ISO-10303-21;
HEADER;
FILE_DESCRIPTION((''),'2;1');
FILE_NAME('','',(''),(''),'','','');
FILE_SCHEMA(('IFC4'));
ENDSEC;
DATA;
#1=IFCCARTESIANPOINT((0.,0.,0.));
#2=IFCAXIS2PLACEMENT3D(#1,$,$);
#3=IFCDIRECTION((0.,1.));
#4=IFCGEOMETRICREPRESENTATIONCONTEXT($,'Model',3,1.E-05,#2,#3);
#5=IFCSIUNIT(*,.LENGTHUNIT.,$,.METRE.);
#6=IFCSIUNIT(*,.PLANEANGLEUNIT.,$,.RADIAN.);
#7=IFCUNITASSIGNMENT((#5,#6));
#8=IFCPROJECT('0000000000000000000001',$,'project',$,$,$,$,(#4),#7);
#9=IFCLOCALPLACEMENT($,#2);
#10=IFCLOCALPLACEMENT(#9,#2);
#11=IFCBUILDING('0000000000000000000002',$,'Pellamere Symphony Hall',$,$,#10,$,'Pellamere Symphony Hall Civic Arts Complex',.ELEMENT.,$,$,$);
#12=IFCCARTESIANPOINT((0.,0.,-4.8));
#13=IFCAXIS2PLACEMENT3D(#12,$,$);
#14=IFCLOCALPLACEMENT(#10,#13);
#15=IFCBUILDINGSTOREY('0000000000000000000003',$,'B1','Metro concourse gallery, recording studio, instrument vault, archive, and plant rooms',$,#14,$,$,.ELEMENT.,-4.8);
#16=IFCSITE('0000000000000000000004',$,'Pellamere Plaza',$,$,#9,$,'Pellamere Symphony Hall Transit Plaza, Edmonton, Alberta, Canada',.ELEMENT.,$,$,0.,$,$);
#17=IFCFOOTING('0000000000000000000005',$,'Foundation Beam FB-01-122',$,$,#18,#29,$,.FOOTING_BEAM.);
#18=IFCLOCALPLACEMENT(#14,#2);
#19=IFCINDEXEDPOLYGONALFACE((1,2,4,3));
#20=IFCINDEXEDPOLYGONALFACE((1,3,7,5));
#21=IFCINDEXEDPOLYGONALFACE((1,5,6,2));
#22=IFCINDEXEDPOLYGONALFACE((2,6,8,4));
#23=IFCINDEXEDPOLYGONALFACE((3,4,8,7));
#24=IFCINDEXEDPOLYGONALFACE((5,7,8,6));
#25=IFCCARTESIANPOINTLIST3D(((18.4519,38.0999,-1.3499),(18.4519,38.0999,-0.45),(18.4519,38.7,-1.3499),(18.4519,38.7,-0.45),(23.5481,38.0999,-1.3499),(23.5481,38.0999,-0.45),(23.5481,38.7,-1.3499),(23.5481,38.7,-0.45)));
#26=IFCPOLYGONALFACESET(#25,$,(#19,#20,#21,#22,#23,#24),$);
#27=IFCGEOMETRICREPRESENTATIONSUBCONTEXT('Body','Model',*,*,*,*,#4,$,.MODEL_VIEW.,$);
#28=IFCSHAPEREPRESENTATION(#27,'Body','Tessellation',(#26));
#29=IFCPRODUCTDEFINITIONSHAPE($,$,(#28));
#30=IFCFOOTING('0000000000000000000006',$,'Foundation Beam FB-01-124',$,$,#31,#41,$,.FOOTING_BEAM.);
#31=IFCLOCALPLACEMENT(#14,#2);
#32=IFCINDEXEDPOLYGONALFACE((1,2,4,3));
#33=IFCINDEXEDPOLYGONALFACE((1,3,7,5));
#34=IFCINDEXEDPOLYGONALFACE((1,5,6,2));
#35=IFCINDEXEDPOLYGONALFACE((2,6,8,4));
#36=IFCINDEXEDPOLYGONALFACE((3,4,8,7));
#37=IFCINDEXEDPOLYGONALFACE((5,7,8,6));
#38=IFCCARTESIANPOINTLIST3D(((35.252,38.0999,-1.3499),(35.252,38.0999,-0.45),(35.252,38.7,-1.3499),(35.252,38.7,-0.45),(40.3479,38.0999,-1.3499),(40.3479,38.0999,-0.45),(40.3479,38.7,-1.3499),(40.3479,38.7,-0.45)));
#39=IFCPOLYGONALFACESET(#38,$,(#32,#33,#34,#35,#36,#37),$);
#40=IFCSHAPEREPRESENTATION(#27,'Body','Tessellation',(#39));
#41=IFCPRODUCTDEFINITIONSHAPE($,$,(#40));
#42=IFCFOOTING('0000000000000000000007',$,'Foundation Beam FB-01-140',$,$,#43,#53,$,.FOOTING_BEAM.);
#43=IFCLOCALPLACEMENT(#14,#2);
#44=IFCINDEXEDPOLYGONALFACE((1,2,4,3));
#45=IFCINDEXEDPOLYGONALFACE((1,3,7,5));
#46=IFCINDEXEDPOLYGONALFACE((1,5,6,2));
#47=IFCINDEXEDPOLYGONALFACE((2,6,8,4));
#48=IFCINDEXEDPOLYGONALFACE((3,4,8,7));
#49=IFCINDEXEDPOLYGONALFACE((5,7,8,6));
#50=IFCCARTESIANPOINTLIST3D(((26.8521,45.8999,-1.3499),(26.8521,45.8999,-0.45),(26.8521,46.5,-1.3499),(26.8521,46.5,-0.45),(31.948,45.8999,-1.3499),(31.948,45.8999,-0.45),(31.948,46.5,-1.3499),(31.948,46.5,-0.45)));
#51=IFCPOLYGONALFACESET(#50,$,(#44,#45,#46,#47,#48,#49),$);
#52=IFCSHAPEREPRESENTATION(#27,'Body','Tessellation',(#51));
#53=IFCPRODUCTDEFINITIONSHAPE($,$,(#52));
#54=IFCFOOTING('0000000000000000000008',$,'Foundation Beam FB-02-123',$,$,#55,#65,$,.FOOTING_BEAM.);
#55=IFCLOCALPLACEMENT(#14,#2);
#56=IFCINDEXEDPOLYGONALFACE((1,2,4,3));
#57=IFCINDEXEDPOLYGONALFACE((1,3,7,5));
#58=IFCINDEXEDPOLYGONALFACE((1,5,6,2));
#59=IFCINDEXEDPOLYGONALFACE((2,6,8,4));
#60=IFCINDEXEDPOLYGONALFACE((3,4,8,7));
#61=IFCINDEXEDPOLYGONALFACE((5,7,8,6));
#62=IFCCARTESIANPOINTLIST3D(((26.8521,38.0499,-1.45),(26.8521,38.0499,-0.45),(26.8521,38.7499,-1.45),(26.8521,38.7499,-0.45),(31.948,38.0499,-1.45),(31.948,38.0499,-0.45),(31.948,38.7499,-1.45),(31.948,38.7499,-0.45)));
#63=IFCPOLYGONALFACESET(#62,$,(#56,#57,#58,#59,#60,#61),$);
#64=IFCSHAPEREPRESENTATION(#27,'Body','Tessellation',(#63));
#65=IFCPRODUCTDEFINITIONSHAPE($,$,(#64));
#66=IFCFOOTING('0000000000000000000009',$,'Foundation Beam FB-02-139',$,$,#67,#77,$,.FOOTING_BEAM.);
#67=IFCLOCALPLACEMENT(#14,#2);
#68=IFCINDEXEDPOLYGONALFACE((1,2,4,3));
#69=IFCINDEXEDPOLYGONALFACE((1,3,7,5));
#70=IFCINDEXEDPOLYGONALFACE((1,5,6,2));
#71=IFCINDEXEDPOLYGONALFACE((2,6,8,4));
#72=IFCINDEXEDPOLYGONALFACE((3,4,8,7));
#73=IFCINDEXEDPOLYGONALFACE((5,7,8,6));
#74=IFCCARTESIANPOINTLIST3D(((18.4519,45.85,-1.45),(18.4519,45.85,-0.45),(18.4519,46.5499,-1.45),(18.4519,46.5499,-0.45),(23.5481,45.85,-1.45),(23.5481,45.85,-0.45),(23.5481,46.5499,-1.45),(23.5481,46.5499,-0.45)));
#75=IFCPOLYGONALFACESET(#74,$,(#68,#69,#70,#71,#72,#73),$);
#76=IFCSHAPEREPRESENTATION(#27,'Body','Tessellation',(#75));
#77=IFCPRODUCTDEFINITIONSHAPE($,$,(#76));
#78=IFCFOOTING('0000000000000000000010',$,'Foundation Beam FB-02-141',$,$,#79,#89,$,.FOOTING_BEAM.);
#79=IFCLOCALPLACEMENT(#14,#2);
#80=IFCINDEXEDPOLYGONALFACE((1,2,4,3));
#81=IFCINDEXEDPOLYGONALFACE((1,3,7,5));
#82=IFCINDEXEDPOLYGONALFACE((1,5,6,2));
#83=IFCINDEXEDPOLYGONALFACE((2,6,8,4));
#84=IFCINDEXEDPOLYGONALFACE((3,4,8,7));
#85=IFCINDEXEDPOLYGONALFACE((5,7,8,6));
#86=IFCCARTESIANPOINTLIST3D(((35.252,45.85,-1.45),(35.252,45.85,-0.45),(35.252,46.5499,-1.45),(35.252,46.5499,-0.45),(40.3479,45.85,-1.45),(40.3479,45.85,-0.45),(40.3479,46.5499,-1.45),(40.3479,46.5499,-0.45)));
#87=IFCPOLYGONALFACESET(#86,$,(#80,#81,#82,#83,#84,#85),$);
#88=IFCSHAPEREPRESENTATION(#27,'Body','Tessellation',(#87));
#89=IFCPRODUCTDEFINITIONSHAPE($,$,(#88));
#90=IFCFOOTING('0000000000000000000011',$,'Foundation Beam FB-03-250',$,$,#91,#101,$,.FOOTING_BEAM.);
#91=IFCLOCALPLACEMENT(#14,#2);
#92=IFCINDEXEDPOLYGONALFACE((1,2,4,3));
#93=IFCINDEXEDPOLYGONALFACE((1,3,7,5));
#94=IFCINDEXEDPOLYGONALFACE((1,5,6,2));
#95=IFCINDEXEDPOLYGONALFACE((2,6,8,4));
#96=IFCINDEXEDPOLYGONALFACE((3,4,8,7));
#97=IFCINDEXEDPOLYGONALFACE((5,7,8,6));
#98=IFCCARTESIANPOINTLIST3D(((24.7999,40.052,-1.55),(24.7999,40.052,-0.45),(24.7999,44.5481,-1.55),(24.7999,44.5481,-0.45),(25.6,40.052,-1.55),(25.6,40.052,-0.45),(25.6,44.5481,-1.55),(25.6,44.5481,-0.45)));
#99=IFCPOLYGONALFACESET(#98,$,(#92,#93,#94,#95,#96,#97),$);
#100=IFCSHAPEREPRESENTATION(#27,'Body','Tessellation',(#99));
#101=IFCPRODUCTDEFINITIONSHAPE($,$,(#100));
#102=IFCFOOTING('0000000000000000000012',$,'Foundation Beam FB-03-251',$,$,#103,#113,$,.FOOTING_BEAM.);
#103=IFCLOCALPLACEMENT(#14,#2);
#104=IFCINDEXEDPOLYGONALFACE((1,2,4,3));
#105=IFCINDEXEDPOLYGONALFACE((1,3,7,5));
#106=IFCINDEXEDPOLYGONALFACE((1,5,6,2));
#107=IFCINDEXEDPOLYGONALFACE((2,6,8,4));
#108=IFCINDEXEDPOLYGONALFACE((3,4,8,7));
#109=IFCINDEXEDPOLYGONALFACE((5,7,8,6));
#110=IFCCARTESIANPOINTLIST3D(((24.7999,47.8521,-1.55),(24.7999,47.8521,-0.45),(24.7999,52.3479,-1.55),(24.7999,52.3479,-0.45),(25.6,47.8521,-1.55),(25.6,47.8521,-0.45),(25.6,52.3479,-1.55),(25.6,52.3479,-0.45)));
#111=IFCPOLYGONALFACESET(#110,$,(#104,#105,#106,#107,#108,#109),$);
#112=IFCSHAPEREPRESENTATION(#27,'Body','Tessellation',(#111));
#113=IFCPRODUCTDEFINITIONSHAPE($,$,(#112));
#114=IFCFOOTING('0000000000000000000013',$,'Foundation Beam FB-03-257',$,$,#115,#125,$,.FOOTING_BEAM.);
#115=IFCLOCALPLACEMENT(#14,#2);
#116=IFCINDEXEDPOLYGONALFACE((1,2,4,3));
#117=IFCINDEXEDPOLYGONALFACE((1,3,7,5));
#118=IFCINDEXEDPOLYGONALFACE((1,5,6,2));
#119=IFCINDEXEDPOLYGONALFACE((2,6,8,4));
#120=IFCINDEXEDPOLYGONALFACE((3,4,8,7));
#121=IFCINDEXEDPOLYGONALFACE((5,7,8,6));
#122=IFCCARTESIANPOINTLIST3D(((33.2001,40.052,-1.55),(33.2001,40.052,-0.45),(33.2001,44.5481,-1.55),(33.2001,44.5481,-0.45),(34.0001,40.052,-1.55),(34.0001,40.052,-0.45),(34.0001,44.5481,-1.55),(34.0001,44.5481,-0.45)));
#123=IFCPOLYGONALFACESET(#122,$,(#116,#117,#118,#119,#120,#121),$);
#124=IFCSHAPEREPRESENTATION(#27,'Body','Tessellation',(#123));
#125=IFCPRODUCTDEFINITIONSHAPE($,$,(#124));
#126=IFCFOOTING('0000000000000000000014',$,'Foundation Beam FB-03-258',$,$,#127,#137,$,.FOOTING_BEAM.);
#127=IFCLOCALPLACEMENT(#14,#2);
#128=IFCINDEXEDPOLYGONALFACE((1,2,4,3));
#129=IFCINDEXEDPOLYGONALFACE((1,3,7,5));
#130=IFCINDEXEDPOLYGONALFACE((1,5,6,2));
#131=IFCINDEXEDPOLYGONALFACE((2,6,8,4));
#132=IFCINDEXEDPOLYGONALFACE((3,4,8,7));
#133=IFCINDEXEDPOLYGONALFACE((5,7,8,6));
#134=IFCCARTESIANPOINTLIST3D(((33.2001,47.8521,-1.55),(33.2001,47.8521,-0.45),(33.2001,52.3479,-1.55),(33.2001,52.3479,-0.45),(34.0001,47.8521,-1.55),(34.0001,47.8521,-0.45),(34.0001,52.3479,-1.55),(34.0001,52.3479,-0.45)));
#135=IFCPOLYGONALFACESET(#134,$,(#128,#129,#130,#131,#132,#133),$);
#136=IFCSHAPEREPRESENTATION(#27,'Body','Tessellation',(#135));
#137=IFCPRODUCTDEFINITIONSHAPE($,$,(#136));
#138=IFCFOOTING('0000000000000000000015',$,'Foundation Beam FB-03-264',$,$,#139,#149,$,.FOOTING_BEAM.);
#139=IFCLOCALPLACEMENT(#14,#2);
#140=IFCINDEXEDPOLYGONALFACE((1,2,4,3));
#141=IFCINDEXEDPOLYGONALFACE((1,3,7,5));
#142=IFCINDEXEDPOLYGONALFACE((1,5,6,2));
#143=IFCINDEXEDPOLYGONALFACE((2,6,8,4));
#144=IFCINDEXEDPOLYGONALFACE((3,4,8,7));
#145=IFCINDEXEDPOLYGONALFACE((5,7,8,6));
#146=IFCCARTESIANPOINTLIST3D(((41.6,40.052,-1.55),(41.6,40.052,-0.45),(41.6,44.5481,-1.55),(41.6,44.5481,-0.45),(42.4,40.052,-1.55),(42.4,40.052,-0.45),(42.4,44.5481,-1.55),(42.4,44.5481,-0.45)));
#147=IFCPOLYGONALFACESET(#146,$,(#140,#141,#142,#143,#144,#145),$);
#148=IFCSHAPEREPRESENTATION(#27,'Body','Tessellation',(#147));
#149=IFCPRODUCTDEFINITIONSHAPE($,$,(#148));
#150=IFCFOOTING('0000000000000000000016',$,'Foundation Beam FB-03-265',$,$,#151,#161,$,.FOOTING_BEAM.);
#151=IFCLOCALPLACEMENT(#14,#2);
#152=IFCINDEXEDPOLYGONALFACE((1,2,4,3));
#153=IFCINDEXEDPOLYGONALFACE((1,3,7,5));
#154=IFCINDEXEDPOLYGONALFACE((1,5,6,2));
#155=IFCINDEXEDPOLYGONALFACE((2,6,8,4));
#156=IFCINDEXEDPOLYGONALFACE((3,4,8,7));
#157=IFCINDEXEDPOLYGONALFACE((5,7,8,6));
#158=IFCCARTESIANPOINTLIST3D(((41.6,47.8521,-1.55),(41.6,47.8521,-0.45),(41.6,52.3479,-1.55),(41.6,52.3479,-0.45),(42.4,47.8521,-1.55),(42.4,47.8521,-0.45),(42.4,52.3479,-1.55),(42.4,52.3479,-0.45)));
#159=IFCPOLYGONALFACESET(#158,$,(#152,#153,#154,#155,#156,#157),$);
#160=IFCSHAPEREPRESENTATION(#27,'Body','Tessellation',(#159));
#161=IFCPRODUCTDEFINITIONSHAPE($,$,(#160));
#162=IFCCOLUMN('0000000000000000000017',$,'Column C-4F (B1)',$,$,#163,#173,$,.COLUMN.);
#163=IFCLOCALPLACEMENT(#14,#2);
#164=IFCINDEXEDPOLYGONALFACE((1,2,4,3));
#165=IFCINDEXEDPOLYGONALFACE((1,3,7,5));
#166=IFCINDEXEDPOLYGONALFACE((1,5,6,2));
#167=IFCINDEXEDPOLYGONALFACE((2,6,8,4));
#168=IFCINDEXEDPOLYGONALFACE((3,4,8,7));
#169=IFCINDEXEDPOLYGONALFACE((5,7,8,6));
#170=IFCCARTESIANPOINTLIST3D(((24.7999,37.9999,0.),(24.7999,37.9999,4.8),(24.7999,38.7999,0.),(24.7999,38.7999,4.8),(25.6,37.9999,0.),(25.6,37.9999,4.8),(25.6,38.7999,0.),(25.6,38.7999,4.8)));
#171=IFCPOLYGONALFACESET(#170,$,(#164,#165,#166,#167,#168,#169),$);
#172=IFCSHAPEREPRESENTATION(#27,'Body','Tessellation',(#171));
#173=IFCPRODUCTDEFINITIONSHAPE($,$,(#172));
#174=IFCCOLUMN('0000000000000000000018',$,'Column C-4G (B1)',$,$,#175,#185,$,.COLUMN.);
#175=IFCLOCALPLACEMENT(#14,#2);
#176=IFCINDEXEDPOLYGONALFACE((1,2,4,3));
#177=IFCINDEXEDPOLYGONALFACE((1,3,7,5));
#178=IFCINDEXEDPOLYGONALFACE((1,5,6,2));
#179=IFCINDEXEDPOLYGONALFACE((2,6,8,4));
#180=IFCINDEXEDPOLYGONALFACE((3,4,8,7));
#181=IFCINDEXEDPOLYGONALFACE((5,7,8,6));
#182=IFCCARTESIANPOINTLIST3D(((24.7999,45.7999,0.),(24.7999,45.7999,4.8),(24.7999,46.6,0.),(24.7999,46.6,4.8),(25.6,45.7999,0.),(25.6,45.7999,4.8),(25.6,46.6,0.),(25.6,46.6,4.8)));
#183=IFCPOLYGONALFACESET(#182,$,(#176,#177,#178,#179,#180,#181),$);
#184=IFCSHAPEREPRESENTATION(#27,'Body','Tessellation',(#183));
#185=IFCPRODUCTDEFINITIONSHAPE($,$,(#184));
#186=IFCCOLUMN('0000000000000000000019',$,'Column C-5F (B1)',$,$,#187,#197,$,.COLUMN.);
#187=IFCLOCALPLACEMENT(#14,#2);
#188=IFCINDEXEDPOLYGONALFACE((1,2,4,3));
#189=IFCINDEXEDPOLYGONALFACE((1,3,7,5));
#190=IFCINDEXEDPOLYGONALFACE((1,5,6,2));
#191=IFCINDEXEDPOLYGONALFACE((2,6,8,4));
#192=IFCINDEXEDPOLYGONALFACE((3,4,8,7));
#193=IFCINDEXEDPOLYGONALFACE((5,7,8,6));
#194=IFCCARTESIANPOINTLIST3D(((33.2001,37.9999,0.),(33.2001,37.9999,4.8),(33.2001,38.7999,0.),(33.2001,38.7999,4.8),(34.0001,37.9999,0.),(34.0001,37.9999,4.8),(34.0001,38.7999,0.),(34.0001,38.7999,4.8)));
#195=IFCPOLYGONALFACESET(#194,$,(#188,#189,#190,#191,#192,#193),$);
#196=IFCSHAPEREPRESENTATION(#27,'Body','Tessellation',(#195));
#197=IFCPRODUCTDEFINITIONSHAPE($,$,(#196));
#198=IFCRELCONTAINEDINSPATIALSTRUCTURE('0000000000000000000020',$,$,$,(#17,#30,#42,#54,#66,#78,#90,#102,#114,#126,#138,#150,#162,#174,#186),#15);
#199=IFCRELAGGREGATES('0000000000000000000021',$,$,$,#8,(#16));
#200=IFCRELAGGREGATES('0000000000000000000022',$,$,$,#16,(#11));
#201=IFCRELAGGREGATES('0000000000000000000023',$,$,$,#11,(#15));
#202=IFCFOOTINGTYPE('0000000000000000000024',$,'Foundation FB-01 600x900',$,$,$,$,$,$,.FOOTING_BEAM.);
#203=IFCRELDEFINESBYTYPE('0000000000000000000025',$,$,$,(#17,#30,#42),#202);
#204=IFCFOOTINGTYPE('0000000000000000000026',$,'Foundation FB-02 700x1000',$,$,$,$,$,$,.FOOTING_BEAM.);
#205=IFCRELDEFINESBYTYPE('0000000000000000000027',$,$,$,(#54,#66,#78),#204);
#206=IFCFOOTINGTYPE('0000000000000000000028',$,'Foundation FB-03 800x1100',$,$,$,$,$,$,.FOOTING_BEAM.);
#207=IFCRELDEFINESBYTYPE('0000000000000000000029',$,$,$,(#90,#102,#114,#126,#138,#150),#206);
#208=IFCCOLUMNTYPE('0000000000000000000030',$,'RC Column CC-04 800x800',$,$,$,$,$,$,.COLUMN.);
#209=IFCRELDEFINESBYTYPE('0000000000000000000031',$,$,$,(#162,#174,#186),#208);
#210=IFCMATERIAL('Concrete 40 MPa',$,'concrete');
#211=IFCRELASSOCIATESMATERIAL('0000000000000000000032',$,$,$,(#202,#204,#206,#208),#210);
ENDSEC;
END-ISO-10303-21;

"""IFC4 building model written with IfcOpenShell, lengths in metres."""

from ifc_helpers import new_model, si_unit, direction, frame, origin, origin_2d, place, context, subcontext, project, spatial, rectangle, extrude, material, material_profile, profile_set, type_object, element, save


model = new_model("IFC4")

# Units and contexts
model_context = context("Model", 3, precision=1e-05, world=origin(), true_north=direction((0.0, 1.0)))
body_context = subcontext(model_context, "Body", "Model", "MODEL_VIEW")
ifc_project = project(units=[si_unit("LENGTHUNIT", "METRE"), si_unit("PLANEANGLEUNIT", "RADIAN")], contexts=[model_context])

# Site, building, storey
site_placement = place(None, origin())
site = spatial("IfcSite", under=ifc_project, at=site_placement, Name="Pellamere Plaza", LongName="Pellamere Symphony Hall Transit Plaza, Edmonton, Alberta, Canada", CompositionType="ELEMENT", RefElevation=0.0)
building_placement = place(site_placement, origin())
building = spatial("IfcBuilding", under=site, at=building_placement, Name="Pellamere Symphony Hall", LongName="Pellamere Symphony Hall Civic Arts Complex", CompositionType="ELEMENT")
storey_placement = place(building_placement, frame((0.0, 0.0, -4.8)))
storey = spatial("IfcBuildingStorey", under=building, at=storey_placement, Name="B1", Description="Metro concourse gallery, recording studio, instrument vault, archive, and plant rooms", CompositionType="ELEMENT", Elevation=-4.8)

# Footings
ifc_material_1 = material(Name="Concrete 40 MPa", Category="concrete")
ifc_material_profile_1 = material_profile(ifc_material_1, rectangle(XDim=0.6001, YDim=0.8999, at=origin_2d()), Name="RC 600x900")
ifc_profile_set_1 = profile_set([ifc_material_profile_1], Name="Concrete 40 MPa")
footing_type_1 = type_object("IfcFootingType", Name="Foundation FB-01 600x900", PredefinedType="FOOTING_BEAM", material=ifc_profile_set_1)
footing_1_placement = place(storey_placement, frame((18.4519, 38.3999, -0.8999), z_axis=(1.0, 0.0, 0.0), x_axis=(0.0, 1.0, 0.0)))
element("IfcFooting", 1, at=footing_1_placement, inside=storey, type_object=footing_type_1, Name="Foundation Beam FB-01-122", PredefinedType="FOOTING_BEAM", context=body_context, shape_type="SweptSolid", body=[
    extrude(rectangle(XDim=0.6001, YDim=0.8999, at=origin_2d()), origin(), (0.0, 0.0, 1.0), 5.0962),
])
for number, where, z_axis, x_axis, name in (
    (2, (35.252, 38.3999, -0.8999), (1.0, 0.0, 0.0), (0.0, 1.0, 0.0), "Foundation Beam FB-01-124"),
    (3, (26.8521, 46.2, -0.8999), (1.0, 0.0, 0.0), (0.0, 1.0, 0.0), "Foundation Beam FB-01-140"),
):
    element("IfcFooting", number, at=place(storey_placement, frame(where, z_axis=z_axis, x_axis=x_axis)), inside=storey, type_object=footing_type_1, Name=name, PredefinedType="FOOTING_BEAM", context=body_context, shape_type="SweptSolid", body=[
        extrude(rectangle(XDim=0.6001, YDim=0.8999, at=origin_2d()), origin(), (0.0, 0.0, 1.0), 5.0959),
    ])
ifc_material_profile_2 = material_profile(ifc_material_1, rectangle(XDim=0.7, YDim=1.0, at=origin_2d()), Name="RC 700x1000")
ifc_profile_set_2 = profile_set([ifc_material_profile_2], Name="Concrete 40 MPa")
footing_type_2 = type_object("IfcFootingType", Name="Foundation FB-02 700x1000", PredefinedType="FOOTING_BEAM", material=ifc_profile_set_2)
footing_2_placement = place(storey_placement, frame((26.8521, 38.3999, -0.95), z_axis=(1.0, 0.0, 0.0), x_axis=(0.0, 1.0, 0.0)))
element("IfcFooting", 4, at=footing_2_placement, inside=storey, type_object=footing_type_2, Name="Foundation Beam FB-02-123", PredefinedType="FOOTING_BEAM", context=body_context, shape_type="SweptSolid", body=[
    extrude(rectangle(XDim=0.7, YDim=1.0, at=origin_2d()), origin(), (0.0, 0.0, 1.0), 5.0959),
])
footing_3_placement = place(storey_placement, frame((18.4519, 46.2, -0.95), z_axis=(1.0, 0.0, 0.0), x_axis=(0.0, 1.0, 0.0)))
element("IfcFooting", 5, at=footing_3_placement, inside=storey, type_object=footing_type_2, Name="Foundation Beam FB-02-139", PredefinedType="FOOTING_BEAM", context=body_context, shape_type="SweptSolid", body=[
    extrude(rectangle(XDim=0.7, YDim=1.0, at=origin_2d()), origin(), (0.0, 0.0, 1.0), 5.0962),
])
footing_4_placement = place(storey_placement, frame((35.252, 46.2, -0.95), z_axis=(1.0, 0.0, 0.0), x_axis=(0.0, 1.0, 0.0)))
element("IfcFooting", 6, at=footing_4_placement, inside=storey, type_object=footing_type_2, Name="Foundation Beam FB-02-141", PredefinedType="FOOTING_BEAM", context=body_context, shape_type="SweptSolid", body=[
    extrude(rectangle(XDim=0.7, YDim=1.0, at=origin_2d()), origin(), (0.0, 0.0, 1.0), 5.0959),
])
ifc_material_profile_3 = material_profile(ifc_material_1, rectangle(XDim=0.8, YDim=1.1001, at=origin_2d()), Name="RC 800x1100")
ifc_profile_set_3 = profile_set([ifc_material_profile_3], Name="Concrete 40 MPa")
footing_type_3 = type_object("IfcFootingType", Name="Foundation FB-03 800x1100", PredefinedType="FOOTING_BEAM", material=ifc_profile_set_3)
footing_5_placement = place(storey_placement, frame((25.2, 40.052, -1.0), z_axis=(0.0, 1.0, 0.0), x_axis=(-1.0, 0.0, 0.0)))
element("IfcFooting", 7, at=footing_5_placement, inside=storey, type_object=footing_type_3, Name="Foundation Beam FB-03-250", PredefinedType="FOOTING_BEAM", context=body_context, shape_type="SweptSolid", body=[
    extrude(rectangle(XDim=0.8, YDim=1.1001, at=origin_2d()), origin(), (0.0, 0.0, 1.0), 4.4961),
])
footing_6_placement = place(storey_placement, frame((25.2, 47.8521, -1.0), z_axis=(0.0, 1.0, 0.0), x_axis=(-1.0, 0.0, 0.0)))
element("IfcFooting", 8, at=footing_6_placement, inside=storey, type_object=footing_type_3, Name="Foundation Beam FB-03-251", PredefinedType="FOOTING_BEAM", context=body_context, shape_type="SweptSolid", body=[
    extrude(rectangle(XDim=0.8, YDim=1.1001, at=origin_2d()), origin(), (0.0, 0.0, 1.0), 4.4958),
])
footing_7_placement = place(storey_placement, frame((33.6001, 40.052, -1.0), z_axis=(0.0, 1.0, 0.0), x_axis=(-1.0, 0.0, 0.0)))
element("IfcFooting", 9, at=footing_7_placement, inside=storey, type_object=footing_type_3, Name="Foundation Beam FB-03-257", PredefinedType="FOOTING_BEAM", context=body_context, shape_type="SweptSolid", body=[
    extrude(rectangle(XDim=0.8, YDim=1.1001, at=origin_2d()), origin(), (0.0, 0.0, 1.0), 4.4961),
])
footing_8_placement = place(storey_placement, frame((33.6001, 47.8521, -1.0), z_axis=(0.0, 1.0, 0.0), x_axis=(-1.0, 0.0, 0.0)))
element("IfcFooting", 10, at=footing_8_placement, inside=storey, type_object=footing_type_3, Name="Foundation Beam FB-03-258", PredefinedType="FOOTING_BEAM", context=body_context, shape_type="SweptSolid", body=[
    extrude(rectangle(XDim=0.8, YDim=1.1001, at=origin_2d()), origin(), (0.0, 0.0, 1.0), 4.4958),
])
footing_9_placement = place(storey_placement, frame((42.0, 40.052, -1.0), z_axis=(0.0, 1.0, 0.0), x_axis=(-1.0, 0.0, 0.0)))
element("IfcFooting", 11, at=footing_9_placement, inside=storey, type_object=footing_type_3, Name="Foundation Beam FB-03-264", PredefinedType="FOOTING_BEAM", context=body_context, shape_type="SweptSolid", body=[
    extrude(rectangle(XDim=0.8, YDim=1.1001, at=origin_2d()), origin(), (0.0, 0.0, 1.0), 4.4961),
])
footing_10_placement = place(storey_placement, frame((42.0, 47.8521, -1.0), z_axis=(0.0, 1.0, 0.0), x_axis=(-1.0, 0.0, 0.0)))
element("IfcFooting", 12, at=footing_10_placement, inside=storey, type_object=footing_type_3, Name="Foundation Beam FB-03-265", PredefinedType="FOOTING_BEAM", context=body_context, shape_type="SweptSolid", body=[
    extrude(rectangle(XDim=0.8, YDim=1.1001, at=origin_2d()), origin(), (0.0, 0.0, 1.0), 4.4958),
])

# Columns
ifc_material_profile_4 = material_profile(ifc_material_1, rectangle(XDim=0.8, YDim=0.8, at=origin_2d()), Name="RC 800x800")
ifc_profile_set_4 = profile_set([ifc_material_profile_4], Name="Concrete 40 MPa")
column_type_1 = type_object("IfcColumnType", Name="RC Column CC-04 800x800", PredefinedType="COLUMN", material=ifc_profile_set_4)
for number, where, z_axis, x_axis, name in (
    (13, (25.2, 38.3999, 0.0), (0.0, 0.0, 1.0), (1.0, 0.0, 0.0), "Column C-4F (B1)"),
    (14, (25.2, 46.2, 0.0), (0.0, 0.0, 1.0), (1.0, 0.0, 0.0), "Column C-4G (B1)"),
    (15, (33.6001, 38.3999, 0.0), (0.0, 0.0, 1.0), (1.0, 0.0, 0.0), "Column C-5F (B1)"),
):
    element("IfcColumn", number, at=place(storey_placement, frame(where, z_axis=z_axis, x_axis=x_axis)), inside=storey, type_object=column_type_1, Name=name, PredefinedType="COLUMN", context=body_context, shape_type="SweptSolid", body=[
        extrude(rectangle(XDim=0.8, YDim=0.8, at=origin_2d()), origin(), (0.0, 0.0, 1.0), 4.8),
    ])

save(model, "model.ifc")
